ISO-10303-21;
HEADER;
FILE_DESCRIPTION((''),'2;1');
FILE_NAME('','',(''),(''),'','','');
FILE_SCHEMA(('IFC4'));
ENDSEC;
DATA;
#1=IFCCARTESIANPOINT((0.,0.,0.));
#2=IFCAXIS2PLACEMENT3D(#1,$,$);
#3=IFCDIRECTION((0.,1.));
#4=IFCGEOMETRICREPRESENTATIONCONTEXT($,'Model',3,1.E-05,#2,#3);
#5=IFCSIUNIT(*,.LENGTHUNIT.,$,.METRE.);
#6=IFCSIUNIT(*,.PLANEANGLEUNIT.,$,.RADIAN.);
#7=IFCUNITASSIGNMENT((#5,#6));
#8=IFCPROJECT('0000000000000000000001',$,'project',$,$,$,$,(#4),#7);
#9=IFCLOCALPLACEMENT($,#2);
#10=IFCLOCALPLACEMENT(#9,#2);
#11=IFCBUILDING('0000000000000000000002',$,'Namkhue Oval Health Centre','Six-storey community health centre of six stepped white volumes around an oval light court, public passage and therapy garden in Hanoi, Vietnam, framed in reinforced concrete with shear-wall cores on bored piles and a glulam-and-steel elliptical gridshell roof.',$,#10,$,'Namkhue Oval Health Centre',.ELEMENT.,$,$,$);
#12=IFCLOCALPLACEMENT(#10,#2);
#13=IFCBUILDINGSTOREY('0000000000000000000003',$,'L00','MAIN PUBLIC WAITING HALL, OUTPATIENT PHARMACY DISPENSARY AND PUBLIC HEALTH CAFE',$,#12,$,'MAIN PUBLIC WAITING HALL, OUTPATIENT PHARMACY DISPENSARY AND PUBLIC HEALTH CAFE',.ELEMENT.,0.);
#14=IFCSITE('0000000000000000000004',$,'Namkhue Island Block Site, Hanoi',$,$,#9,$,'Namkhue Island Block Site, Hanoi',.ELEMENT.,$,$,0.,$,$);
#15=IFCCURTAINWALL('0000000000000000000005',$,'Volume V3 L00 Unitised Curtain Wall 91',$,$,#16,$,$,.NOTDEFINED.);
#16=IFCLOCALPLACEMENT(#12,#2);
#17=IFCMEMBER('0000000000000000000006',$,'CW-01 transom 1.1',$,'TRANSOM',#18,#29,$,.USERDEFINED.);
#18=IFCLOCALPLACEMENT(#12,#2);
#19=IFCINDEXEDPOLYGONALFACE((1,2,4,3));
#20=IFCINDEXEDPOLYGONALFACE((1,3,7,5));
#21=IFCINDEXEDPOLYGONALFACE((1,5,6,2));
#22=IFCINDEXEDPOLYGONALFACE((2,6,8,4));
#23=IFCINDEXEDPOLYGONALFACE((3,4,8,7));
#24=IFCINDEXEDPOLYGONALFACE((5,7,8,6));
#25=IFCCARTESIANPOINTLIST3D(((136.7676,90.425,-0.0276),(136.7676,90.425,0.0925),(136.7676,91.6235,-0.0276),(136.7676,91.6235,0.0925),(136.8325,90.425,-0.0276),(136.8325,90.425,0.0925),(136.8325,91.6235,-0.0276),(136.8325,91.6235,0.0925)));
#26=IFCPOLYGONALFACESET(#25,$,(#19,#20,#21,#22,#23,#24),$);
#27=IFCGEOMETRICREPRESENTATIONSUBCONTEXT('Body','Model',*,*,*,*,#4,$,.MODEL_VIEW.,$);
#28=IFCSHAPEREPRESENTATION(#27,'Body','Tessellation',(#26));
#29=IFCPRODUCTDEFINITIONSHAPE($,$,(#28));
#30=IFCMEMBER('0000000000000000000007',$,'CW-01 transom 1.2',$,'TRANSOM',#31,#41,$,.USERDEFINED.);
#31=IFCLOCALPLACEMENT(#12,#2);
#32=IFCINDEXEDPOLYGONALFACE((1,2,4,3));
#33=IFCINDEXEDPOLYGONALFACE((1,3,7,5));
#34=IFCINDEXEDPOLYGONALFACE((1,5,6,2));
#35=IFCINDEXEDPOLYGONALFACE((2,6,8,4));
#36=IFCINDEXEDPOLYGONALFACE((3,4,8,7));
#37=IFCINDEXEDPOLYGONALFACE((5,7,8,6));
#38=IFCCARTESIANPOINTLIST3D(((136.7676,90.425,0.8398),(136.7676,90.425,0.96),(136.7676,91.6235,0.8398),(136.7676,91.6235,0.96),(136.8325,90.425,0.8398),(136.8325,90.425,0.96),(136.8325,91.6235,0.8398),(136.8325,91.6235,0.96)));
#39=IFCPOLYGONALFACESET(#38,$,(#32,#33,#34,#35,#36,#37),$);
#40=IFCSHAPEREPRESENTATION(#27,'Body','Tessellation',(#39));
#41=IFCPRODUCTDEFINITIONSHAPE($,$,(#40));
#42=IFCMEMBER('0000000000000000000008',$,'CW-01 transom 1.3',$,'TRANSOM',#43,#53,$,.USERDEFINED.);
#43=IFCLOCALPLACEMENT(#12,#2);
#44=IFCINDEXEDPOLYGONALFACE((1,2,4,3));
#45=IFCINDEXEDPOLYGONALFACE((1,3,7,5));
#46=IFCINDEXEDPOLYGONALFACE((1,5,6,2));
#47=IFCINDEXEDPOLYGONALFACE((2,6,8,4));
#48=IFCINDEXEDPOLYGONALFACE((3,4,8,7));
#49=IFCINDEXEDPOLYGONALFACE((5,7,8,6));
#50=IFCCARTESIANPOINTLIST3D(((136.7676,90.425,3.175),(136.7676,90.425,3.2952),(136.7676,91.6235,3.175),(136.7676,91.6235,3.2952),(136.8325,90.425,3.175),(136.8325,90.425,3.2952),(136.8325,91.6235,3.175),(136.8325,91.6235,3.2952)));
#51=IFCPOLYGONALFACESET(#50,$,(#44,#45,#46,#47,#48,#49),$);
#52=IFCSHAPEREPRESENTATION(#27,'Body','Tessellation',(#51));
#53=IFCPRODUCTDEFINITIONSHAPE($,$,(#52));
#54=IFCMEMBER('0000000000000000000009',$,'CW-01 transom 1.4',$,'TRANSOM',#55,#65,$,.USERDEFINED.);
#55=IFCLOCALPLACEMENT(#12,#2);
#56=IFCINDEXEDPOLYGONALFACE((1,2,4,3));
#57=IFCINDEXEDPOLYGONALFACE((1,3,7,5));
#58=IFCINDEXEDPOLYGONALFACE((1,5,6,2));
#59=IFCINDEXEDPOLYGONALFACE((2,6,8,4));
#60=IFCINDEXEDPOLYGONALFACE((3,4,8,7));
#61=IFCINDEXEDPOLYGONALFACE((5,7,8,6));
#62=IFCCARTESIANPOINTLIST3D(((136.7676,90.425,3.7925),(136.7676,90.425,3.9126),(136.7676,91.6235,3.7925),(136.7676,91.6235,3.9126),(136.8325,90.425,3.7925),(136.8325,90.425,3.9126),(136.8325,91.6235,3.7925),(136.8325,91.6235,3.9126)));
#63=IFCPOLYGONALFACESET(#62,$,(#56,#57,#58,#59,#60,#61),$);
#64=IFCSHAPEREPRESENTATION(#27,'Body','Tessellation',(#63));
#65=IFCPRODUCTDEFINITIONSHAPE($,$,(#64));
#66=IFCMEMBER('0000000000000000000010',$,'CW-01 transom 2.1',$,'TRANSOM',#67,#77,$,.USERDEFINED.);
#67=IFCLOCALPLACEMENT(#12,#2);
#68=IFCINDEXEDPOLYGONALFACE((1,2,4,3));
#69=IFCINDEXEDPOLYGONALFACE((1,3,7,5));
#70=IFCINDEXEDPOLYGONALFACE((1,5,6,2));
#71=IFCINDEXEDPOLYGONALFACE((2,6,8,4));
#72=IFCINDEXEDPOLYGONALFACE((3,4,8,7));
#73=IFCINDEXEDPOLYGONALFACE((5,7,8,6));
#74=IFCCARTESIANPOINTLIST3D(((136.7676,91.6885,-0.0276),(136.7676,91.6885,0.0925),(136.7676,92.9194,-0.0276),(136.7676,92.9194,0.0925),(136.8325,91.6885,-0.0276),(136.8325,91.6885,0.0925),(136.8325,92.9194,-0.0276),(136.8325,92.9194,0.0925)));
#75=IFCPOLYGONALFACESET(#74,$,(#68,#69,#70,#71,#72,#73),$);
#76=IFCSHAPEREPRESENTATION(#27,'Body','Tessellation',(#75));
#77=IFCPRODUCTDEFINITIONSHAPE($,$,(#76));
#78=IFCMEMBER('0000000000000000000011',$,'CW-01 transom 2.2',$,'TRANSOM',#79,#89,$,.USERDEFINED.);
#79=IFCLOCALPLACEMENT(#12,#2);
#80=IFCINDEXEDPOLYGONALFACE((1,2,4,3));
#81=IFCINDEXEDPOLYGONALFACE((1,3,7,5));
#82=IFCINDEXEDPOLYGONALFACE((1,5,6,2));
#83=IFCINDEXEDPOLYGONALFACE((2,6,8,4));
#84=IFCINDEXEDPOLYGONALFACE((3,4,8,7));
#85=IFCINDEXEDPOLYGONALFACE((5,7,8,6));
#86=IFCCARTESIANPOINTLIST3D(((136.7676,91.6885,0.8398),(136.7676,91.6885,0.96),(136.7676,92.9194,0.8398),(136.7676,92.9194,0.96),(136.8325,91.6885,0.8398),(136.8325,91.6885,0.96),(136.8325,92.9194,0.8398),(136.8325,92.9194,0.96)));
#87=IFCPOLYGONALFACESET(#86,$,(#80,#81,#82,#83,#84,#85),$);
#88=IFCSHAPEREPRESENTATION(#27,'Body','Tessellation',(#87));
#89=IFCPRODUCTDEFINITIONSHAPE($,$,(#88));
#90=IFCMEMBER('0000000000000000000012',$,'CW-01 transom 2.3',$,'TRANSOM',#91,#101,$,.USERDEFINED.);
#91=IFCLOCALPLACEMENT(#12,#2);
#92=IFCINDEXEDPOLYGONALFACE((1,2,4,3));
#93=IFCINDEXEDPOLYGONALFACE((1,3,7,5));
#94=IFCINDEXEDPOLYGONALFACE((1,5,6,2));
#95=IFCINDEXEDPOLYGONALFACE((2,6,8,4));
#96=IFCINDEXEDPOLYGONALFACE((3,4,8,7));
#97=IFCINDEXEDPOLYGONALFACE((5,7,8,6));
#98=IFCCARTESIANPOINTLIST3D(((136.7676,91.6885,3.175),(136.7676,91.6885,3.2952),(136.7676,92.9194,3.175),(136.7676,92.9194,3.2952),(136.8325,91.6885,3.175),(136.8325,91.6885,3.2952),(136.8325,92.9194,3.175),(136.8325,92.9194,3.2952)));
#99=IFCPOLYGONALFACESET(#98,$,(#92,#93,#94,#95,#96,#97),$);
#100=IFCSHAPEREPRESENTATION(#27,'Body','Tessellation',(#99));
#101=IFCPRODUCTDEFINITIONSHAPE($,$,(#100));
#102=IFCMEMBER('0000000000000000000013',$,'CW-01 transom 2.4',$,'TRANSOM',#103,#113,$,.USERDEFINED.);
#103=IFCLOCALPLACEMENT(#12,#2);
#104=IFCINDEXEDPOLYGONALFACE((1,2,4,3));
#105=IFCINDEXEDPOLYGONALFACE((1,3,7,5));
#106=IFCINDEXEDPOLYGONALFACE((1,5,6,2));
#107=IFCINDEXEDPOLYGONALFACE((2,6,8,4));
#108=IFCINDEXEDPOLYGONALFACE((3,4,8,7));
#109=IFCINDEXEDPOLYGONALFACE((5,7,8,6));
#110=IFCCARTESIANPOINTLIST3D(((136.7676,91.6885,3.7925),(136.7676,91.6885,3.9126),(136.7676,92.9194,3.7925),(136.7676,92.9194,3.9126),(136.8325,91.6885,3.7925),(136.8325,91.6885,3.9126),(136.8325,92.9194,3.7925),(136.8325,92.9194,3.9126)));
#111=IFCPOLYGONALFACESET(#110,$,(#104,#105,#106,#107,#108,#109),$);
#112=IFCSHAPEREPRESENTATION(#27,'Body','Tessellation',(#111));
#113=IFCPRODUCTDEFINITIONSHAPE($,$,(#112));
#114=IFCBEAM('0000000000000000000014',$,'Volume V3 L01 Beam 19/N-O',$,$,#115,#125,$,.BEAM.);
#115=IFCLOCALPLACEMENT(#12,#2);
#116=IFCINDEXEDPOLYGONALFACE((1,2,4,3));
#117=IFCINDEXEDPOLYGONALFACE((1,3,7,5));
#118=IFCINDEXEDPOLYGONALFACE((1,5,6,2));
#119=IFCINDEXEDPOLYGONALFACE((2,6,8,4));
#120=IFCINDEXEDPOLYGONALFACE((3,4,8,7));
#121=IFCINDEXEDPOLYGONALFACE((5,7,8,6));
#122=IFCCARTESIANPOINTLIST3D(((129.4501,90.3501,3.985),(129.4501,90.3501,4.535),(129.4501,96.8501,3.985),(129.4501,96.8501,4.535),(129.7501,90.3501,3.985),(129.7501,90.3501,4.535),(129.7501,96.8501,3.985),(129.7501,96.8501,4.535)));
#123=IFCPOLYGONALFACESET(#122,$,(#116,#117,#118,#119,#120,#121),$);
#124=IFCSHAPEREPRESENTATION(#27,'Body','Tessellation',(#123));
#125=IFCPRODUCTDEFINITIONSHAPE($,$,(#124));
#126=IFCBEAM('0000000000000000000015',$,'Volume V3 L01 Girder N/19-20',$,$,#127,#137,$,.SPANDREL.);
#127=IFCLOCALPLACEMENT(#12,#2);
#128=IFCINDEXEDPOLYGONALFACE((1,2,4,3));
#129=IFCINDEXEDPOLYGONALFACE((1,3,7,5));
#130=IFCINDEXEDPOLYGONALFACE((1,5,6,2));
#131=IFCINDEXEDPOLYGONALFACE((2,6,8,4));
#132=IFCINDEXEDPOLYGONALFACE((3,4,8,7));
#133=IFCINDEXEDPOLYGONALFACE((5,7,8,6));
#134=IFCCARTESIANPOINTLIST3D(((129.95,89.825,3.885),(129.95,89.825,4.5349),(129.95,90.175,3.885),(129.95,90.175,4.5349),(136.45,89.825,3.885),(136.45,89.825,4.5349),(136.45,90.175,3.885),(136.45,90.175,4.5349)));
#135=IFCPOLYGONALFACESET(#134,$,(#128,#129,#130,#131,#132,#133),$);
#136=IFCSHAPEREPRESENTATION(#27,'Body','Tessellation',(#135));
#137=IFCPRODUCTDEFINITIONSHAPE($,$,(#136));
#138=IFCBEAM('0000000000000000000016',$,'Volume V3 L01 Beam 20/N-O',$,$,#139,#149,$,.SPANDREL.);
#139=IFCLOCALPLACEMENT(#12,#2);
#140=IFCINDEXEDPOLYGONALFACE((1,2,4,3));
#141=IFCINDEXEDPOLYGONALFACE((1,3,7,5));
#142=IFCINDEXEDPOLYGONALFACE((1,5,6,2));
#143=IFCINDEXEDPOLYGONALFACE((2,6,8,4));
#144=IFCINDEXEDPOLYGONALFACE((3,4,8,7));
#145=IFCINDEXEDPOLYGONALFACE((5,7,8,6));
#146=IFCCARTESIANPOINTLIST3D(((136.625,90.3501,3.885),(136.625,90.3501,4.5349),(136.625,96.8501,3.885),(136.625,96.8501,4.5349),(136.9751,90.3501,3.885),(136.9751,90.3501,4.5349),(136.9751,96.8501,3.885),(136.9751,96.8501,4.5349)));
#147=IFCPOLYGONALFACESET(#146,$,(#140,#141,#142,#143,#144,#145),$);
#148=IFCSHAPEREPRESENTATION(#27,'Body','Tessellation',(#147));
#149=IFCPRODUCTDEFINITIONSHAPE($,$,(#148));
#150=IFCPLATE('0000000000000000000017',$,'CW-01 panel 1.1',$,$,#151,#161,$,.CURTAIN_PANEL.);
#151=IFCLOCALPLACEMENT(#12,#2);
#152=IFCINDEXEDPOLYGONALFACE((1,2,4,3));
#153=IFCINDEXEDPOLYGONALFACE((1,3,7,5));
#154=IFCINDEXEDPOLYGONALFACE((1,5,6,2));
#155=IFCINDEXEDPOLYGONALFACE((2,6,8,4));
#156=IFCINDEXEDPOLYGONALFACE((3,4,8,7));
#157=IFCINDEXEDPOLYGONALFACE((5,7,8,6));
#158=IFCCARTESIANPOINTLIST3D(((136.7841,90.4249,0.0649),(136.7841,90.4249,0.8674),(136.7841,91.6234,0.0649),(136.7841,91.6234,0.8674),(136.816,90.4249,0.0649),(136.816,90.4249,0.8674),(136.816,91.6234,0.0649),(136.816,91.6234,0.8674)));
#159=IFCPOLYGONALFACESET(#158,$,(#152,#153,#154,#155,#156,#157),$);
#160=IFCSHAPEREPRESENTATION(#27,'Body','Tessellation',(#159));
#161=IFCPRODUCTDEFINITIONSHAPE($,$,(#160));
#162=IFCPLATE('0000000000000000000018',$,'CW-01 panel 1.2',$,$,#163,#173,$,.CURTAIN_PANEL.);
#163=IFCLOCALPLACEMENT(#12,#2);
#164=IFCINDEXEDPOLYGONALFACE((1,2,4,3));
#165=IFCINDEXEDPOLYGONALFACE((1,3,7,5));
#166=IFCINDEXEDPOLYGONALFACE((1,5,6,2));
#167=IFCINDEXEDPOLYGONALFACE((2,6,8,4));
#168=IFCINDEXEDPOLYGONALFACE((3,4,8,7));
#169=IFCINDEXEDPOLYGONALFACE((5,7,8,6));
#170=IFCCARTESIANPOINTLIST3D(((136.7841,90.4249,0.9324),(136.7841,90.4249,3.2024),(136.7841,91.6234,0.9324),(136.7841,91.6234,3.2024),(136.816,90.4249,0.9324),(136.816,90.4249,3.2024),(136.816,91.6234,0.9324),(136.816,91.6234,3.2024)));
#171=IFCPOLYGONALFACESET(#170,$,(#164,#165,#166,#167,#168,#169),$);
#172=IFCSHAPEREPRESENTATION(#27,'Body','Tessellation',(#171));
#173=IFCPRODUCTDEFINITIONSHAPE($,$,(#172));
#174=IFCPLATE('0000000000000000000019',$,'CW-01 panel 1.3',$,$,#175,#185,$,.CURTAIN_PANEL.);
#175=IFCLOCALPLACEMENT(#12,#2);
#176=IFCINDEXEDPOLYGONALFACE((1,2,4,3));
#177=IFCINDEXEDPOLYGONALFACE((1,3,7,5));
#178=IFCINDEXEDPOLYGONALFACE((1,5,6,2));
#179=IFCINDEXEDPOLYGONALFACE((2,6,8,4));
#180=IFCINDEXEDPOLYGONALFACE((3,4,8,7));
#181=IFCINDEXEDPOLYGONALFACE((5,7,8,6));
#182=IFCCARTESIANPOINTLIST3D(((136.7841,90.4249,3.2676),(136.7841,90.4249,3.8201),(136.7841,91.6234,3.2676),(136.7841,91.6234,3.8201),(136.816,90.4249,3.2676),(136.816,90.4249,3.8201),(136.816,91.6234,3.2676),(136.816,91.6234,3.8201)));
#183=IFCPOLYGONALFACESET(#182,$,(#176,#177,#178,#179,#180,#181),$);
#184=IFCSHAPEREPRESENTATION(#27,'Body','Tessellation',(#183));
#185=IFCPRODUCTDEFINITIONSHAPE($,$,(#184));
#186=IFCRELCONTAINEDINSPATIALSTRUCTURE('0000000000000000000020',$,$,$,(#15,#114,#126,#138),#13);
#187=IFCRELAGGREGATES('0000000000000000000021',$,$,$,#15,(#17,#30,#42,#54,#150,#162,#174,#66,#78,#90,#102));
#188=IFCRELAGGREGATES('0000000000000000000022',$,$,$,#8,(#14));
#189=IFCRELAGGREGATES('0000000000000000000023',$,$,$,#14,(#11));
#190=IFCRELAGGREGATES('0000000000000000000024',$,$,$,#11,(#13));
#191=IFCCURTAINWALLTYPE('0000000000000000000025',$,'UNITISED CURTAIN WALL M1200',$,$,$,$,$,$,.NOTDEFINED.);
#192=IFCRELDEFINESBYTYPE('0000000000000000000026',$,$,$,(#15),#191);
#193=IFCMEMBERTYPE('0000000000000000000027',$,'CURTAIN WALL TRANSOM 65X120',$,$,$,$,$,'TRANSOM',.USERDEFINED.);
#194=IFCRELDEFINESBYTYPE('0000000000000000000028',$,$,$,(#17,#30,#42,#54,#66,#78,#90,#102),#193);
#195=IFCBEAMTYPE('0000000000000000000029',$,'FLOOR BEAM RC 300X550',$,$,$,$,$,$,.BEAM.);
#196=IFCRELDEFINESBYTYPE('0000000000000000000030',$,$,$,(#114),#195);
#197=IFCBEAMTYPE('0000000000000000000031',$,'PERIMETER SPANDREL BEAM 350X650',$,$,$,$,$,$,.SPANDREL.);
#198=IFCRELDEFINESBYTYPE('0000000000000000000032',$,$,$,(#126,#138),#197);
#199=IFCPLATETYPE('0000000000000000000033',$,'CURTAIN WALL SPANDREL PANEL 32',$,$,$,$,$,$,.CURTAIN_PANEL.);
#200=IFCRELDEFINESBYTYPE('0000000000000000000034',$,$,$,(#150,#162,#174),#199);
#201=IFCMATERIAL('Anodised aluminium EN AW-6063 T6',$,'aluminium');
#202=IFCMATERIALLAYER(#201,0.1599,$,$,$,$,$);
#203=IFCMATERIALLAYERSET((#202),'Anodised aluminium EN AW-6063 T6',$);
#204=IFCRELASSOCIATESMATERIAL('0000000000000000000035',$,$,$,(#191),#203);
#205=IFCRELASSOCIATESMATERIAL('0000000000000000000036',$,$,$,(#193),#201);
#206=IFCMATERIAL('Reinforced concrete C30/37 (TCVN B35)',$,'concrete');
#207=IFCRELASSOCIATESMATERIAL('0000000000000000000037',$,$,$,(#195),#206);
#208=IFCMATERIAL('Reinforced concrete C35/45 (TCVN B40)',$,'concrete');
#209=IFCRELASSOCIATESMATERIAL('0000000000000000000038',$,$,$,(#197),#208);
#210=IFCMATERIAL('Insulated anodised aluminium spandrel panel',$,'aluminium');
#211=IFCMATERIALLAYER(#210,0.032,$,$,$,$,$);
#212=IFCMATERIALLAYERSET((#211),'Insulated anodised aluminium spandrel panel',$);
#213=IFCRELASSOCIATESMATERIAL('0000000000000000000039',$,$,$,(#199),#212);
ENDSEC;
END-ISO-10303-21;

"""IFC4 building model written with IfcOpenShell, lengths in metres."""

from ifc_helpers import new_model, si_unit, direction, frame, origin, origin_2d, place, context, subcontext, project, spatial, rectangle, extrude, material, layer, layer_set, material_profile, profile_set, type_object, element, aggregate, save


model = new_model("IFC4")

# Units and contexts
model_context = context("Model", 3, precision=1e-05, world=origin(), true_north=direction((0.0, 1.0)))
body_context = subcontext(model_context, "Body", "Model", "MODEL_VIEW")
ifc_project = project(units=[si_unit("LENGTHUNIT", "METRE"), si_unit("PLANEANGLEUNIT", "RADIAN")], contexts=[model_context])

# Site, building, storey
site_placement = place(None, origin())
site = spatial("IfcSite", under=ifc_project, at=site_placement, Name="Namkhue Island Block Site, Hanoi", LongName="Namkhue Island Block Site, Hanoi", CompositionType="ELEMENT", RefElevation=0.0)
building_placement = place(site_placement, origin())
building = spatial("IfcBuilding", under=site, at=building_placement, Name="Namkhue Oval Health Centre", Description="Six-storey community health centre of six stepped white volumes around an oval light court, public passage and therapy garden in Hanoi, Vietnam, framed in reinforced concrete with shear-wall cores on bored piles and a glulam-and-steel elliptical gridshell roof.", LongName="Namkhue Oval Health Centre", CompositionType="ELEMENT")
storey_placement = place(building_placement, origin())
storey = spatial("IfcBuildingStorey", under=building, at=storey_placement, Name="L00", Description="MAIN PUBLIC WAITING HALL, OUTPATIENT PHARMACY DISPENSARY AND PUBLIC HEALTH CAFE", LongName="MAIN PUBLIC WAITING HALL, OUTPATIENT PHARMACY DISPENSARY AND PUBLIC HEALTH CAFE", CompositionType="ELEMENT", Elevation=0.0)

# Shared definitions
ifc_material_1 = material(Name="Reinforced concrete C30/37 (TCVN B35)", Category="concrete")

# Shared definitions
ifc_material_2 = material(Name="Reinforced concrete C35/45 (TCVN B40)", Category="concrete")

# Curtain wall, members
ifc_material_3 = material(Name="Anodised aluminium EN AW-6063 T6", Category="aluminium")
ifc_layer_1 = layer(ifc_material_3, 0.1599)
ifc_layer_set_1 = layer_set([ifc_layer_1], Name="Anodised aluminium EN AW-6063 T6")
curtain_wall_type = type_object("IfcCurtainWallType", Name="UNITISED CURTAIN WALL M1200", PredefinedType="NOTDEFINED", material=ifc_layer_set_1)
curtain_wall_placement = place(storey_placement, origin())
curtain_wall = element("IfcCurtainWall", 1, at=curtain_wall_placement, inside=storey, type_object=curtain_wall_type, Name="Volume V3 L00 Unitised Curtain Wall 91", PredefinedType="NOTDEFINED")
ifc_material_profile_1 = material_profile(ifc_material_3, rectangle(XDim=0.0649, YDim=0.1201, at=origin_2d()), Name="ALU 65x120")
ifc_profile_set_1 = profile_set([ifc_material_profile_1], Name="Anodised aluminium EN AW-6063 T6")
member_type_1 = type_object("IfcMemberType", Name="CURTAIN WALL TRANSOM 65X120", ElementType="TRANSOM", PredefinedType="USERDEFINED", material=ifc_profile_set_1)
member_1_placement = place(storey_placement, frame((136.8, 90.425, 0.0325), z_axis=(0.0, 1.0, 0.0), x_axis=(-1.0, 0.0, 0.0)))
member_1 = element("IfcMember", 2, at=member_1_placement, type_object=member_type_1, Name="CW-01 transom 1.1", ObjectType="TRANSOM", PredefinedType="USERDEFINED", context=body_context, shape_type="SweptSolid", body=[
    extrude(rectangle(XDim=0.0649, YDim=0.1201, at=origin_2d()), origin(), (0.0, 0.0, 1.0), 1.1985),
])
member_2_placement = place(storey_placement, frame((136.8, 90.425, 0.8999), z_axis=(0.0, 1.0, 0.0), x_axis=(-1.0, 0.0, 0.0)))
member_2 = element("IfcMember", 3, at=member_2_placement, type_object=member_type_1, Name="CW-01 transom 1.2", ObjectType="TRANSOM", PredefinedType="USERDEFINED", context=body_context, shape_type="SweptSolid", body=[
    extrude(rectangle(XDim=0.0649, YDim=0.1201, at=origin_2d()), origin(), (0.0, 0.0, 1.0), 1.1985),
])
member_3_placement = place(storey_placement, frame((136.8, 90.425, 3.2351), z_axis=(0.0, 1.0, 0.0), x_axis=(-1.0, 0.0, 0.0)))
member_3 = element("IfcMember", 4, at=member_3_placement, type_object=member_type_1, Name="CW-01 transom 1.3", ObjectType="TRANSOM", PredefinedType="USERDEFINED", context=body_context, shape_type="SweptSolid", body=[
    extrude(rectangle(XDim=0.0649, YDim=0.1201, at=origin_2d()), origin(), (0.0, 0.0, 1.0), 1.1985),
])
member_4_placement = place(storey_placement, frame((136.8, 90.425, 3.8525), z_axis=(0.0, 1.0, 0.0), x_axis=(-1.0, 0.0, 0.0)))
member_4 = element("IfcMember", 5, at=member_4_placement, type_object=member_type_1, Name="CW-01 transom 1.4", ObjectType="TRANSOM", PredefinedType="USERDEFINED", context=body_context, shape_type="SweptSolid", body=[
    extrude(rectangle(XDim=0.0649, YDim=0.1201, at=origin_2d()), origin(), (0.0, 0.0, 1.0), 1.1985),
])
member_5_placement = place(storey_placement, frame((136.8, 91.6885, 0.0325), z_axis=(0.0, 1.0, 0.0), x_axis=(-1.0, 0.0, 0.0)))
member_5 = element("IfcMember", 6, at=member_5_placement, type_object=member_type_1, Name="CW-01 transom 2.1", ObjectType="TRANSOM", PredefinedType="USERDEFINED", context=body_context, shape_type="SweptSolid", body=[
    extrude(rectangle(XDim=0.0649, YDim=0.1201, at=origin_2d()), origin(), (0.0, 0.0, 1.0), 1.231),
])
member_6_placement = place(storey_placement, frame((136.8, 91.6885, 0.8999), z_axis=(0.0, 1.0, 0.0), x_axis=(-1.0, 0.0, 0.0)))
member_6 = element("IfcMember", 7, at=member_6_placement, type_object=member_type_1, Name="CW-01 transom 2.2", ObjectType="TRANSOM", PredefinedType="USERDEFINED", context=body_context, shape_type="SweptSolid", body=[
    extrude(rectangle(XDim=0.0649, YDim=0.1201, at=origin_2d()), origin(), (0.0, 0.0, 1.0), 1.231),
])
member_7_placement = place(storey_placement, frame((136.8, 91.6885, 3.2351), z_axis=(0.0, 1.0, 0.0), x_axis=(-1.0, 0.0, 0.0)))
member_7 = element("IfcMember", 8, at=member_7_placement, type_object=member_type_1, Name="CW-01 transom 2.3", ObjectType="TRANSOM", PredefinedType="USERDEFINED", context=body_context, shape_type="SweptSolid", body=[
    extrude(rectangle(XDim=0.0649, YDim=0.1201, at=origin_2d()), origin(), (0.0, 0.0, 1.0), 1.231),
])
member_8_placement = place(storey_placement, frame((136.8, 91.6885, 3.8525), z_axis=(0.0, 1.0, 0.0), x_axis=(-1.0, 0.0, 0.0)))
member_8 = element("IfcMember", 9, at=member_8_placement, type_object=member_type_1, Name="CW-01 transom 2.4", ObjectType="TRANSOM", PredefinedType="USERDEFINED", context=body_context, shape_type="SweptSolid", body=[
    extrude(rectangle(XDim=0.0649, YDim=0.1201, at=origin_2d()), origin(), (0.0, 0.0, 1.0), 1.231),
])

# Beams
ifc_material_profile_2 = material_profile(ifc_material_1, rectangle(XDim=0.3, YDim=0.55, at=origin_2d()), Name="RC 300x550")
ifc_profile_set_2 = profile_set([ifc_material_profile_2], Name="Reinforced concrete C30/37 (TCVN B35)")
beam_type_1 = type_object("IfcBeamType", Name="FLOOR BEAM RC 300X550", PredefinedType="BEAM", material=ifc_profile_set_2)
beam_placement = place(storey_placement, frame((129.6001, 90.3501, 4.26), z_axis=(0.0, 1.0, 0.0), x_axis=(-1.0, 0.0, 0.0)))
element("IfcBeam", 10, at=beam_placement, inside=storey, type_object=beam_type_1, Name="Volume V3 L01 Beam 19/N-O", PredefinedType="BEAM", context=body_context, shape_type="SweptSolid", body=[
    extrude(rectangle(XDim=0.3, YDim=0.55, at=origin_2d()), origin(), (0.0, 0.0, 1.0), 6.5),
])
ifc_material_profile_3 = material_profile(ifc_material_2, rectangle(XDim=0.3501, YDim=0.6499, at=origin_2d()), Name="RC 350x650")
ifc_profile_set_3 = profile_set([ifc_material_profile_3], Name="Reinforced concrete C35/45 (TCVN B40)")
beam_type_2 = type_object("IfcBeamType", Name="PERIMETER SPANDREL BEAM 350X650", PredefinedType="SPANDREL", material=ifc_profile_set_3)
for number, where, z_axis, x_axis, name in (
    (11, (129.95, 90.0, 4.21), (1.0, 0.0, 0.0), (0.0, 1.0, 0.0), "Volume V3 L01 Girder N/19-20"),
    (12, (136.8, 90.3501, 4.21), (0.0, 1.0, 0.0), (-1.0, 0.0, 0.0), "Volume V3 L01 Beam 20/N-O"),
):
    element("IfcBeam", number, at=place(storey_placement, frame(where, z_axis=z_axis, x_axis=x_axis)), inside=storey, type_object=beam_type_2, Name=name, PredefinedType="SPANDREL", context=body_context, shape_type="SweptSolid", body=[
        extrude(rectangle(XDim=0.3501, YDim=0.6499, at=origin_2d()), origin(), (0.0, 0.0, 1.0), 6.5),
    ])

# Plates
ifc_material_4 = material(Name="Insulated anodised aluminium spandrel panel", Category="aluminium")
ifc_layer_2 = layer(ifc_material_4, 0.032)
ifc_layer_set_2 = layer_set([ifc_layer_2], Name="Insulated anodised aluminium spandrel panel")
plate_type = type_object("IfcPlateType", Name="CURTAIN WALL SPANDREL PANEL 32", PredefinedType="CURTAIN_PANEL", material=ifc_layer_set_2)
plate_1_placement = place(storey_placement, frame((136.8, 91.0242, 0.0649), z_axis=(0.0, 0.0, 1.0), x_axis=(0.0, 1.0, 0.0)))
plate_1 = element("IfcPlate", 13, at=plate_1_placement, type_object=plate_type, Name="CW-01 panel 1.1", PredefinedType="CURTAIN_PANEL", context=body_context, shape_type="SweptSolid", body=[
    extrude(rectangle(XDim=1.1985, YDim=0.032, at=origin_2d()), origin(), (0.0, 0.0, 1.0), 0.8025),
])
plate_2_placement = place(storey_placement, frame((136.8, 91.0242, 0.9324), z_axis=(0.0, 0.0, 1.0), x_axis=(0.0, 1.0, 0.0)))
plate_2 = element("IfcPlate", 14, at=plate_2_placement, type_object=plate_type, Name="CW-01 panel 1.2", PredefinedType="CURTAIN_PANEL", context=body_context, shape_type="SweptSolid", body=[
    extrude(rectangle(XDim=1.1985, YDim=0.032, at=origin_2d()), origin(), (0.0, 0.0, 1.0), 2.27),
])
plate_3_placement = place(storey_placement, frame((136.8, 91.0242, 3.2676), z_axis=(0.0, 0.0, 1.0), x_axis=(0.0, 1.0, 0.0)))
plate_3 = element("IfcPlate", 15, at=plate_3_placement, type_object=plate_type, Name="CW-01 panel 1.3", PredefinedType="CURTAIN_PANEL", context=body_context, shape_type="SweptSolid", body=[
    extrude(rectangle(XDim=1.1985, YDim=0.032, at=origin_2d()), origin(), (0.0, 0.0, 1.0), 0.5525),
])
aggregate(curtain_wall, [member_1, member_2, member_3, member_4, plate_1, plate_2, plate_3, member_5, member_6, member_7, member_8])

save(model, "model.ifc")
